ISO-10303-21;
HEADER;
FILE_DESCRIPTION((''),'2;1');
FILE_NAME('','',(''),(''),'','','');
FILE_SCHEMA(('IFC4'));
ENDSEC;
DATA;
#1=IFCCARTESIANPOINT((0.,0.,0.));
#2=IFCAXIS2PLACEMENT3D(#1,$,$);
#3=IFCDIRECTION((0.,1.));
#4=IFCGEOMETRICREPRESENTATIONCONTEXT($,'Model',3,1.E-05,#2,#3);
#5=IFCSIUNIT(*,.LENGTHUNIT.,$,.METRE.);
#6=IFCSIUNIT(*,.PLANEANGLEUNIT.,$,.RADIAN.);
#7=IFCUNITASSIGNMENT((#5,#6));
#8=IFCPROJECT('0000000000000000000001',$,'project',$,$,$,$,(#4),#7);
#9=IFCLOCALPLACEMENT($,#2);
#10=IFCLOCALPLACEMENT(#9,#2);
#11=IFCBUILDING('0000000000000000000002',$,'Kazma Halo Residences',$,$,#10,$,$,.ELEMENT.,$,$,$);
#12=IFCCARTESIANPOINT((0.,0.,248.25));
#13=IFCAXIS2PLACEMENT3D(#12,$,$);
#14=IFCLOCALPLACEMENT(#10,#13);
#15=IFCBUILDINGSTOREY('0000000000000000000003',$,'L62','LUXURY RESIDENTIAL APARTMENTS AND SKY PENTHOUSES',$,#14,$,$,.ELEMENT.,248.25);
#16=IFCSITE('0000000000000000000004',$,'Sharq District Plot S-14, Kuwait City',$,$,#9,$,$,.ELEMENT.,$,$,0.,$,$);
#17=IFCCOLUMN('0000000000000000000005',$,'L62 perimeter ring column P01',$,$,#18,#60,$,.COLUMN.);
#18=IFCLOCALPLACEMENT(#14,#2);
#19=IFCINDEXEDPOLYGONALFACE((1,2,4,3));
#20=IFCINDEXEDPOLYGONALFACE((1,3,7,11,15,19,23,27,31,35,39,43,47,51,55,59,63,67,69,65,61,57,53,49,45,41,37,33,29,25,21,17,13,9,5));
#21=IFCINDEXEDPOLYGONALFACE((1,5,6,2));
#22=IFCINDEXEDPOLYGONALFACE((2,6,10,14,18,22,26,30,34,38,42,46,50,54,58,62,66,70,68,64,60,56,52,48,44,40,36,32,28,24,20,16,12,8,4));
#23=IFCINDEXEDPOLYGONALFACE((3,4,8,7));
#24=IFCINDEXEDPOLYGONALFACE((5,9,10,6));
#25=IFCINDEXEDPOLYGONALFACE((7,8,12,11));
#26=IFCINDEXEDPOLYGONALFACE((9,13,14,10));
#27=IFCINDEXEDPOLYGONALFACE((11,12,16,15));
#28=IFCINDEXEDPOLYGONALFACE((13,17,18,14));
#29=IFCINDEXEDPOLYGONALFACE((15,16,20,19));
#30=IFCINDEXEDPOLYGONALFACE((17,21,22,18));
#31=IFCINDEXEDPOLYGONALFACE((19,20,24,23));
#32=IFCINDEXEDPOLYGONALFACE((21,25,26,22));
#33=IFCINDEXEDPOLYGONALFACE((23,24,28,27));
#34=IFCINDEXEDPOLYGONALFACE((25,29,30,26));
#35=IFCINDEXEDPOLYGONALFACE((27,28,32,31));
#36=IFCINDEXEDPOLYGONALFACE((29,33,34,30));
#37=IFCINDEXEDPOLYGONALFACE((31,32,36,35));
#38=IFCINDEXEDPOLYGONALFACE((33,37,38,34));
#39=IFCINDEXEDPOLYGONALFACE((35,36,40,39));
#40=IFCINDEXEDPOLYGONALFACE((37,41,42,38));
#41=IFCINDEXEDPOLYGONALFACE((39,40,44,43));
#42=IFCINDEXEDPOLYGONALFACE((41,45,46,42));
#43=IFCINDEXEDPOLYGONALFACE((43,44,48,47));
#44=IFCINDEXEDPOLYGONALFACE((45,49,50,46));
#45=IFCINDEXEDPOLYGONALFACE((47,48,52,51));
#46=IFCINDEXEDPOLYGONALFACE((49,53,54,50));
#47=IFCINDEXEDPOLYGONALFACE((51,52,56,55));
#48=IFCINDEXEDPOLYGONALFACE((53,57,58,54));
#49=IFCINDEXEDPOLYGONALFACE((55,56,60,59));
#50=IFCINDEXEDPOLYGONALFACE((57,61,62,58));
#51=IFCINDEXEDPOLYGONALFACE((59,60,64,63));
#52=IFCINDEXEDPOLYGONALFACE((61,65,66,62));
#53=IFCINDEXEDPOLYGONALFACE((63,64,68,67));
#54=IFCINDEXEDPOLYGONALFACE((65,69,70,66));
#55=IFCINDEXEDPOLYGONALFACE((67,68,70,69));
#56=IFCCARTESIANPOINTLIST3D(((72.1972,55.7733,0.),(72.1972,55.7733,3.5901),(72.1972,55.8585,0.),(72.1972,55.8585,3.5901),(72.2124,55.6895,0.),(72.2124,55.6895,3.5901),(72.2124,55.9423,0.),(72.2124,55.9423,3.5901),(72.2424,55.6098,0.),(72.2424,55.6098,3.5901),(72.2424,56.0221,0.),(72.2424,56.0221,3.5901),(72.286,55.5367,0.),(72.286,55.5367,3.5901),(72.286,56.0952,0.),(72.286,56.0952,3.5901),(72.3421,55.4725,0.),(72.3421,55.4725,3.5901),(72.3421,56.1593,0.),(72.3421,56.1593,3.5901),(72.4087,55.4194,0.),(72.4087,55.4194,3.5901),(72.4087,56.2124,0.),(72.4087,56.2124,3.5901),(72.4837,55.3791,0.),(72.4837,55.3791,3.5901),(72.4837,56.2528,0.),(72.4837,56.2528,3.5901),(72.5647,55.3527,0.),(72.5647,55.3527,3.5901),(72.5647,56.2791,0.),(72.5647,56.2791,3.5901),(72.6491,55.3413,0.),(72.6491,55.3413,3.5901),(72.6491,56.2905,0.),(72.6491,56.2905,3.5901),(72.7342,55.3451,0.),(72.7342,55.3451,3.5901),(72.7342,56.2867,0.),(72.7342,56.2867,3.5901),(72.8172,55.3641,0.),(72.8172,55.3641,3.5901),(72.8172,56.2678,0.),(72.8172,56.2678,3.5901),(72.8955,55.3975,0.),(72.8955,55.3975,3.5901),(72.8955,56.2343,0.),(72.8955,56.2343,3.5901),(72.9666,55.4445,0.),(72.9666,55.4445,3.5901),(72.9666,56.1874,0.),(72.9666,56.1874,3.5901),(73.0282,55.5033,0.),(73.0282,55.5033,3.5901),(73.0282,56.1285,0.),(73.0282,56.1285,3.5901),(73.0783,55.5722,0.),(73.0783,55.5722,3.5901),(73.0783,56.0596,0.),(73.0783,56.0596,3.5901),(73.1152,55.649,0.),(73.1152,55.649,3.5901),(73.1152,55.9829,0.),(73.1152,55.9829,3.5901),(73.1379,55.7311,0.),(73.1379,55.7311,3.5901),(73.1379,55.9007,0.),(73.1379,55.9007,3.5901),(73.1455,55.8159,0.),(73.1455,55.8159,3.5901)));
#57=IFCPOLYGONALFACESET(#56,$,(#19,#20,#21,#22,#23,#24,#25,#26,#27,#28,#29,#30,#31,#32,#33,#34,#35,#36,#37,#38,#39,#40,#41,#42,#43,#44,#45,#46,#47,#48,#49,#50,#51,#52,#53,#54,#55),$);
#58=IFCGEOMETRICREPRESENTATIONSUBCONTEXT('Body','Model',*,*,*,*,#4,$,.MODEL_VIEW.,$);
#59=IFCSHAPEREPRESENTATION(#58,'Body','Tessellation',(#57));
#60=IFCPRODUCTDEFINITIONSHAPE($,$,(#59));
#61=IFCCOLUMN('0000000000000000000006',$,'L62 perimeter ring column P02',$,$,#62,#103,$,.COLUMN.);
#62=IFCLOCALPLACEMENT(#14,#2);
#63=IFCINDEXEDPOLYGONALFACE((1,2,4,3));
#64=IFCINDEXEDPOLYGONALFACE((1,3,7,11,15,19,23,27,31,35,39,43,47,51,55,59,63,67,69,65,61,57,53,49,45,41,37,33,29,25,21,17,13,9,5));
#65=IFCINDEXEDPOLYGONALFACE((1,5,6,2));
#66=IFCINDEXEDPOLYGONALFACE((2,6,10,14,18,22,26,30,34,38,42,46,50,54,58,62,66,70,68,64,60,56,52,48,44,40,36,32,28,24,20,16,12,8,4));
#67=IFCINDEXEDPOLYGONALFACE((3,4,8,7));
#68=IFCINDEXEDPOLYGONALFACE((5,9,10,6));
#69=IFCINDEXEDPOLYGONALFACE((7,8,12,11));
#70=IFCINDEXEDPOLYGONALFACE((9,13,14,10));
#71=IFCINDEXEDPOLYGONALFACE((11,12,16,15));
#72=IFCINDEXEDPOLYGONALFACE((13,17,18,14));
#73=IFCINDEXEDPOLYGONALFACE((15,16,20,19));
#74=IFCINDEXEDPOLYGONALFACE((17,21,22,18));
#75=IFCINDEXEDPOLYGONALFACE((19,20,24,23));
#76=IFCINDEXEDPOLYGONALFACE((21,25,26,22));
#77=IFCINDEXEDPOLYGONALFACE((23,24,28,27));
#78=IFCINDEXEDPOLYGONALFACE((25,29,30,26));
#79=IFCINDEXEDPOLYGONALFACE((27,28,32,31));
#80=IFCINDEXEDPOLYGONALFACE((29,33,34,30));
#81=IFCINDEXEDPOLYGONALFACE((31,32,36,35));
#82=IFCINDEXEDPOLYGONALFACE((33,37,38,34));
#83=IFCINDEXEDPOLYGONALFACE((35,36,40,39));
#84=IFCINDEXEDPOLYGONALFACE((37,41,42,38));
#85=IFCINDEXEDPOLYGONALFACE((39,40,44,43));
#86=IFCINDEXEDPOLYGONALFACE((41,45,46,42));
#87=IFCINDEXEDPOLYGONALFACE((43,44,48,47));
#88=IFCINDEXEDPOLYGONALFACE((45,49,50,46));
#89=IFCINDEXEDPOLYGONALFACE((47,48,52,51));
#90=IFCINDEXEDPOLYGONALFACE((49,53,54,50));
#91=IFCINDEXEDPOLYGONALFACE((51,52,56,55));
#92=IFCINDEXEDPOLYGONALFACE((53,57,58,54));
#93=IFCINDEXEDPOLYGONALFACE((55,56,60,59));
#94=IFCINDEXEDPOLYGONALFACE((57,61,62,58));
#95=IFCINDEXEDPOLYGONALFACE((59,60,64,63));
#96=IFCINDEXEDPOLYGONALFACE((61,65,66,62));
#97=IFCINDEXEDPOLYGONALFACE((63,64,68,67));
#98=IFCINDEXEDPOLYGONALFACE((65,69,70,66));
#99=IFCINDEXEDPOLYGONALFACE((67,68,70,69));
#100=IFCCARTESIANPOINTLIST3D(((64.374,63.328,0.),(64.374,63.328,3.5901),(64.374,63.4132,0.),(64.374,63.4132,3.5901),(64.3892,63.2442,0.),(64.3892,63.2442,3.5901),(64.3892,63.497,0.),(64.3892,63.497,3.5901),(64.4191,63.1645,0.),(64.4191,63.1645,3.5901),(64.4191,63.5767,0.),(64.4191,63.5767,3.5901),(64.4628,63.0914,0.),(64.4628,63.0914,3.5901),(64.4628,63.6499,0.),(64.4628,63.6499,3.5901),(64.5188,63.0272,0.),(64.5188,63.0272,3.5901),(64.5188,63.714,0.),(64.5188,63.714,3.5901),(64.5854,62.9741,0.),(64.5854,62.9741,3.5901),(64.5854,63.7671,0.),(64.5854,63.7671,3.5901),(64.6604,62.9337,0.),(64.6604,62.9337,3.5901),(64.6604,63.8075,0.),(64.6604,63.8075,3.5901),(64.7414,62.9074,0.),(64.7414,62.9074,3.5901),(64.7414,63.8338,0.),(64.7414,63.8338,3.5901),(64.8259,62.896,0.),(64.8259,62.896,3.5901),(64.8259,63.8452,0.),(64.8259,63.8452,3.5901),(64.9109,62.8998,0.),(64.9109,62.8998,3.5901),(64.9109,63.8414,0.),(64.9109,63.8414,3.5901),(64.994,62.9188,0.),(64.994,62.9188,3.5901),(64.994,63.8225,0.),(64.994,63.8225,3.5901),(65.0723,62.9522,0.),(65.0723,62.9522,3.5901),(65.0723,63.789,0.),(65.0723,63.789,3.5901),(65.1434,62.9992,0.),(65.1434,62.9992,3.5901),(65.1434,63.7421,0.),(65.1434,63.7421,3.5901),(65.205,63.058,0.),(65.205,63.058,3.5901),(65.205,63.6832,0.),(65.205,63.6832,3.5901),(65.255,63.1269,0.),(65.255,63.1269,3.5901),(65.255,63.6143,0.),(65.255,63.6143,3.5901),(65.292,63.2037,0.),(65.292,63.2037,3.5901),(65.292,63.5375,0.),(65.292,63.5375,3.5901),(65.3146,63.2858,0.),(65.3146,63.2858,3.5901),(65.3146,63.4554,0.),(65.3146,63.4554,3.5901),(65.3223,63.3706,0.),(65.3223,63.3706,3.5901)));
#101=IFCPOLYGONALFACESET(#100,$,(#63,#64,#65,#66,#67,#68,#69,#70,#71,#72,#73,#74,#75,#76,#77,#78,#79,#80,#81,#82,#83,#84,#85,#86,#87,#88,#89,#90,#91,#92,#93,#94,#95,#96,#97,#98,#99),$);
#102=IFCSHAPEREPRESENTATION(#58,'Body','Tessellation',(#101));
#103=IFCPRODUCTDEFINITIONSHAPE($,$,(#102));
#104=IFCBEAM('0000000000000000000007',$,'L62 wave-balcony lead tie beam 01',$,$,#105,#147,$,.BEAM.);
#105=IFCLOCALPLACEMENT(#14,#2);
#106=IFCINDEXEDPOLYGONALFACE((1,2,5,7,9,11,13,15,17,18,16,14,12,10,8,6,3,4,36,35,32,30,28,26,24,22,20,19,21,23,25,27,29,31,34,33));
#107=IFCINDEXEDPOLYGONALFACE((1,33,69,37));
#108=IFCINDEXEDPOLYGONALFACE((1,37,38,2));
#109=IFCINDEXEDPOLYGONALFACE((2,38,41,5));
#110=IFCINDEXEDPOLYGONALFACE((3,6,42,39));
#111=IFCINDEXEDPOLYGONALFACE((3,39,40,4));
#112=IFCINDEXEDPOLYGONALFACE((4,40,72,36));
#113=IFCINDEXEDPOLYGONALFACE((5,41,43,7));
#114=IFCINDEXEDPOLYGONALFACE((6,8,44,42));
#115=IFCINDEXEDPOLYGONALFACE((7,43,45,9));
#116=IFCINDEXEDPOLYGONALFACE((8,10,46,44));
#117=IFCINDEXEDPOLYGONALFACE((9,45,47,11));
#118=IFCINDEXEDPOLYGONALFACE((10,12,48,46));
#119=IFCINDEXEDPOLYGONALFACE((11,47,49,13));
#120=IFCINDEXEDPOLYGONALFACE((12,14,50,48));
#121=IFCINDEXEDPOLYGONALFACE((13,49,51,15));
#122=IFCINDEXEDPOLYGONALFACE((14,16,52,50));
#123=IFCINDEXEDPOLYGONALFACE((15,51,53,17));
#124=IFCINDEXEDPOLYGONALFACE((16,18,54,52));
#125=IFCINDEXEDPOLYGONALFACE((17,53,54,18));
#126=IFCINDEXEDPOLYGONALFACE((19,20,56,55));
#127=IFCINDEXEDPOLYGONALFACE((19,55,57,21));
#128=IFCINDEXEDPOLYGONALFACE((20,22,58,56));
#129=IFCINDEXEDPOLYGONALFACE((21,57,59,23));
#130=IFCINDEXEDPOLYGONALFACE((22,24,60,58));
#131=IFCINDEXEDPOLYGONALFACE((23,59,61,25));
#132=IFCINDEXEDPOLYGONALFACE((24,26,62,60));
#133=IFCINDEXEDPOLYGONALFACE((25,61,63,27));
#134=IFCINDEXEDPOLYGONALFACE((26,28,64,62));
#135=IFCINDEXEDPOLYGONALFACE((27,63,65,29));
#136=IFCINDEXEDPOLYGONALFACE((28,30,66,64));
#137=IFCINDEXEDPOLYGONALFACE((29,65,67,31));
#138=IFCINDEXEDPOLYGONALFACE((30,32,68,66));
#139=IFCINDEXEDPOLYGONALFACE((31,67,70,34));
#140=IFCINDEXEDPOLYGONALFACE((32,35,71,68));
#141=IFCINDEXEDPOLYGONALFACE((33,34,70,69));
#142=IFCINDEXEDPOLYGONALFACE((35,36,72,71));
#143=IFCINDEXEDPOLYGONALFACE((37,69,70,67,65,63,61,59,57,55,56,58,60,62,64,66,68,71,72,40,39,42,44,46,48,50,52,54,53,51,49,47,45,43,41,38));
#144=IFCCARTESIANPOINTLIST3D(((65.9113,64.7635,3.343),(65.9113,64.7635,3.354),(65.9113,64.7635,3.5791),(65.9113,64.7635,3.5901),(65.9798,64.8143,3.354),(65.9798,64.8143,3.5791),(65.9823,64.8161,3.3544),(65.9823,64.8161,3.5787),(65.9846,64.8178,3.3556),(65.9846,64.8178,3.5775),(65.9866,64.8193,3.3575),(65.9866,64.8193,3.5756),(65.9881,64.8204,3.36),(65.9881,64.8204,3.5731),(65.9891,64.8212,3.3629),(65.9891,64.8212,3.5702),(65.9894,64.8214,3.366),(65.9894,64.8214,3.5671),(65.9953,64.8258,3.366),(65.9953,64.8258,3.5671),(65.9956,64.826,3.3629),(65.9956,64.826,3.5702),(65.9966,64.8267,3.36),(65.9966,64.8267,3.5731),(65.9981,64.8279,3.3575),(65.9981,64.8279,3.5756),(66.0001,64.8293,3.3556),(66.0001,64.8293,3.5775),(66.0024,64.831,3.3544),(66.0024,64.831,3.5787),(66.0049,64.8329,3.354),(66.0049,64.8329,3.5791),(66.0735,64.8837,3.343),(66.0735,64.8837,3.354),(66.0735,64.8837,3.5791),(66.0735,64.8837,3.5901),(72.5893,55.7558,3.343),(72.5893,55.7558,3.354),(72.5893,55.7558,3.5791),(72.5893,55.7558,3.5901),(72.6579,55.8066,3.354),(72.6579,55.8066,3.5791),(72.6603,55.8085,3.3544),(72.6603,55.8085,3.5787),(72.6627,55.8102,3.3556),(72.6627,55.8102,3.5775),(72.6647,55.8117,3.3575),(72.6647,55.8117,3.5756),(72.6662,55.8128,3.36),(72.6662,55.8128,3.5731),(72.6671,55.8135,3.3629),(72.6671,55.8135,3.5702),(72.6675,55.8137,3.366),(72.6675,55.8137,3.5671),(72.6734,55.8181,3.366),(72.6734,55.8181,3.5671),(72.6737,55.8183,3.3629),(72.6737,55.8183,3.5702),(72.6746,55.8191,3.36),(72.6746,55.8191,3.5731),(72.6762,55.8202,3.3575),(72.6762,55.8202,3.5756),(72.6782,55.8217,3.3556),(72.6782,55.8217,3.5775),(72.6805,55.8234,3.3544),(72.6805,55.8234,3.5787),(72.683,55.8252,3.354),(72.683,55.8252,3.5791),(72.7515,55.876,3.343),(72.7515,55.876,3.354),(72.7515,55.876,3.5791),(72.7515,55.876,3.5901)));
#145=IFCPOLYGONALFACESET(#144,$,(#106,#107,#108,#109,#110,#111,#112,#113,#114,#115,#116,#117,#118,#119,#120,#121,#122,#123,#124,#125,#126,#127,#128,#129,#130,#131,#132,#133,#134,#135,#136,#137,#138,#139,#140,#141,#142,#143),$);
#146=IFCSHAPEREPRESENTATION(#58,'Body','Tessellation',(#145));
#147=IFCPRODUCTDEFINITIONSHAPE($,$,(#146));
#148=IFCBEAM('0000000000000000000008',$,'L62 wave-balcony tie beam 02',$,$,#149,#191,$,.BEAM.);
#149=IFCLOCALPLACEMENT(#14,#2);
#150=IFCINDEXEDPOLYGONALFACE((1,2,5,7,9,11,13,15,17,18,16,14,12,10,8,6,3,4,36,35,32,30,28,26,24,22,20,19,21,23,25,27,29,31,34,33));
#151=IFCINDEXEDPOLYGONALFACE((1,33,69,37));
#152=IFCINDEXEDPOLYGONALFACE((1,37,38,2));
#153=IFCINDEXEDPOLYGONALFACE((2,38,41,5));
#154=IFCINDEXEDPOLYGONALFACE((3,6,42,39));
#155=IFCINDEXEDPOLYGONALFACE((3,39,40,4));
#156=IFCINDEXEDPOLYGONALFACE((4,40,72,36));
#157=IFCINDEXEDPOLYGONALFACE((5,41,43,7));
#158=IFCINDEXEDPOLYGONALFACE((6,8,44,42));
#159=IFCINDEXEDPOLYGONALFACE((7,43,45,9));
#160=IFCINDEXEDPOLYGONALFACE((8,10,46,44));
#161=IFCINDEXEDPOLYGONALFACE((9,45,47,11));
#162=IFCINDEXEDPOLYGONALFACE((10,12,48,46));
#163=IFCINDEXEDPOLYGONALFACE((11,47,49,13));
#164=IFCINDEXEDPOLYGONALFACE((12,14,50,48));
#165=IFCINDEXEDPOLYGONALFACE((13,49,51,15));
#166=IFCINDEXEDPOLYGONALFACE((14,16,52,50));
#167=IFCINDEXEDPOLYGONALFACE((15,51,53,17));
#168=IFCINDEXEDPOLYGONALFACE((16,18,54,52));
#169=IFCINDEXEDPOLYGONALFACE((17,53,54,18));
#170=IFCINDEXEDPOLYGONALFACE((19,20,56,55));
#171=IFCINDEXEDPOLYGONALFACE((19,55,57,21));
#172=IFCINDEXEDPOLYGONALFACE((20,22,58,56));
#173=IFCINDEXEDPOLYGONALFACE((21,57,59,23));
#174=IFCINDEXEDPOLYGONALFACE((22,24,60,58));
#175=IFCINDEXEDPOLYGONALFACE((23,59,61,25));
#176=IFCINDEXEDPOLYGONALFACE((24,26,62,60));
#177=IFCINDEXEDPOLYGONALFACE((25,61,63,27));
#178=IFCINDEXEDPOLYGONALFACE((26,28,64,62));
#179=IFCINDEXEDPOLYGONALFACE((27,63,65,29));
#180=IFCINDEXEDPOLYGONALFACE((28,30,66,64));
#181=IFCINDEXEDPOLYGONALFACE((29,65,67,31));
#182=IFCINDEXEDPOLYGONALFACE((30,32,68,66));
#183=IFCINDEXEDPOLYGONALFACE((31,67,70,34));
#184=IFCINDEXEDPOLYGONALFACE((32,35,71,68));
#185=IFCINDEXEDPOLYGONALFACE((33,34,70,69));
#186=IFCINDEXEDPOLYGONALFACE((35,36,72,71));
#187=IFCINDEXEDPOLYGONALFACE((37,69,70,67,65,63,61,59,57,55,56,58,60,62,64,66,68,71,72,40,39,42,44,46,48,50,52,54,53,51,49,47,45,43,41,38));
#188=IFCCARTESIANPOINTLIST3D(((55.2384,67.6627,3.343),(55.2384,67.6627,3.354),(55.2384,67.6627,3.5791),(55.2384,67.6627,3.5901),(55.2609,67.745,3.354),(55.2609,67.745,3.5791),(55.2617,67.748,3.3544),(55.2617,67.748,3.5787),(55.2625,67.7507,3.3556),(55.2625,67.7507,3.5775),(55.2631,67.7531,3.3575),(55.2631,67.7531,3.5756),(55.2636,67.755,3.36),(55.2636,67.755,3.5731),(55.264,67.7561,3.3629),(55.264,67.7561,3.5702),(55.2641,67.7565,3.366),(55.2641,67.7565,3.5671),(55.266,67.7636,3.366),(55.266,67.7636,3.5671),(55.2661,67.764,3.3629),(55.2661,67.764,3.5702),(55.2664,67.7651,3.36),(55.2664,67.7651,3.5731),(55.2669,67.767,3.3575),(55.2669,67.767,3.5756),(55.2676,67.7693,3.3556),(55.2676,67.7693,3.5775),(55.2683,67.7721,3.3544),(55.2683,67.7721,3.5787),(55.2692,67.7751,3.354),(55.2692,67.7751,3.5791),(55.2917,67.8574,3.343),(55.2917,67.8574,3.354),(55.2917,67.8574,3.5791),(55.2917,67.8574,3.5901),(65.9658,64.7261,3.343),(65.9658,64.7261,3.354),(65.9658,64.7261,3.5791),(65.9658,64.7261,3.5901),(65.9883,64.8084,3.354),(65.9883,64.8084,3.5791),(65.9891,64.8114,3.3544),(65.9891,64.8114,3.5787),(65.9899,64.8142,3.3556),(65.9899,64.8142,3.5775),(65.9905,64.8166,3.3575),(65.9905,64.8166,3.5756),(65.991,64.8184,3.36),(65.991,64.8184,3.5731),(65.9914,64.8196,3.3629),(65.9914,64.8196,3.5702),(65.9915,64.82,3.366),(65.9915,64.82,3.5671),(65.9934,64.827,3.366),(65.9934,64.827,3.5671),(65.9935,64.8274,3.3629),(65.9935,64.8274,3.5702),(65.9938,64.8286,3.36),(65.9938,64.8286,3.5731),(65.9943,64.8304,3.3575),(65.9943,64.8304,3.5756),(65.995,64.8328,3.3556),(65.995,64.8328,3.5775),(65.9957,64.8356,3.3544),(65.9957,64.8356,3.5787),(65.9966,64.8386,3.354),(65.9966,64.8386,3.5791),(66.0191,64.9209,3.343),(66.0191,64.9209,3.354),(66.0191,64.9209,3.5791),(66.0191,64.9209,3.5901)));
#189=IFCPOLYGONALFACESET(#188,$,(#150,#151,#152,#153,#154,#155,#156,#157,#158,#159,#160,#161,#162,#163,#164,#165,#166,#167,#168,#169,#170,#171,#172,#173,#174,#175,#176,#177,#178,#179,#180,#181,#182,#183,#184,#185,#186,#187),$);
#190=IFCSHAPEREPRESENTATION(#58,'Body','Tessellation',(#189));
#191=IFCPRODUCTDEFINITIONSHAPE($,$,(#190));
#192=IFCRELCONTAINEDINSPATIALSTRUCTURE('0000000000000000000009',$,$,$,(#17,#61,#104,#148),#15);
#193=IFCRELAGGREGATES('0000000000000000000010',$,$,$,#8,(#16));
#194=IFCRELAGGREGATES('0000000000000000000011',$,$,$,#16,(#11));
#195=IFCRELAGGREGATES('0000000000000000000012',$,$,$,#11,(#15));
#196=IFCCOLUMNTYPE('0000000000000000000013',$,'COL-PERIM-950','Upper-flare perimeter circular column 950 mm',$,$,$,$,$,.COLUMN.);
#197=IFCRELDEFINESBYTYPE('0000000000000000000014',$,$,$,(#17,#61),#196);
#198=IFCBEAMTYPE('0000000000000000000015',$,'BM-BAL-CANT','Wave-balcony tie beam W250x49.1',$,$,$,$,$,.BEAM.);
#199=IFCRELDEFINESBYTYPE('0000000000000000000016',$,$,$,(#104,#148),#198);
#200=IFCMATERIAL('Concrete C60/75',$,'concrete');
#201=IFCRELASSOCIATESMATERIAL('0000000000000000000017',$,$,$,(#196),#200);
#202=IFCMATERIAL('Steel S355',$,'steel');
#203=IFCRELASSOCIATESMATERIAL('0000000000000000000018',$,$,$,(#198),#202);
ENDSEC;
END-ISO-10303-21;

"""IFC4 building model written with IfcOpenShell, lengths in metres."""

from ifc_helpers import new_model, si_unit, direction, frame, origin, origin_2d, place, context, subcontext, project, spatial, circle, i_section, extrude, material, material_profile, profile_set, type_object, element, save


model = new_model("IFC4")

# Units and contexts
model_context = context("Model", 3, precision=1e-05, world=origin(), true_north=direction((0.0, 1.0)))
body_context = subcontext(model_context, "Body", "Model", "MODEL_VIEW")
ifc_project = project(units=[si_unit("LENGTHUNIT", "METRE"), si_unit("PLANEANGLEUNIT", "RADIAN")], contexts=[model_context])

# Site, building, storey
site_placement = place(None, origin())
site = spatial("IfcSite", under=ifc_project, at=site_placement, Name="Sharq District Plot S-14, Kuwait City", CompositionType="ELEMENT", RefElevation=0.0)
building_placement = place(site_placement, origin())
building = spatial("IfcBuilding", under=site, at=building_placement, Name="Kazma Halo Residences", CompositionType="ELEMENT")
storey_placement = place(building_placement, frame((0.0, 0.0, 248.25)))
storey = spatial("IfcBuildingStorey", under=building, at=storey_placement, Name="L62", Description="LUXURY RESIDENTIAL APARTMENTS AND SKY PENTHOUSES", CompositionType="ELEMENT", Elevation=248.25)

# Columns
ifc_material_1 = material(Name="Concrete C60/75", Category="concrete")
ifc_material_profile_1 = material_profile(ifc_material_1, circle(Radius=0.4751, at=origin_2d()), Name="CIRC950")
ifc_profile_set_1 = profile_set([ifc_material_profile_1], Name="Concrete C60/75")
column_type = type_object("IfcColumnType", Name="COL-PERIM-950", Description="Upper-flare perimeter circular column 950 mm", PredefinedType="COLUMN", material=ifc_profile_set_1)
for number, where, z_axis, x_axis, name in (
    (1, (72.6704, 55.8159, 0.0), (0.0, 0.0, 1.0), (1.0, 0.0, 0.0), "L62 perimeter ring column P01"),
    (2, (64.8472, 63.3706, 0.0), (0.0, 0.0, 1.0), (1.0, 0.0, 0.0), "L62 perimeter ring column P02"),
):
    element("IfcColumn", number, at=place(storey_placement, frame(where, z_axis=z_axis, x_axis=x_axis)), inside=storey, type_object=column_type, Name=name, PredefinedType="COLUMN", context=body_context, shape_type="SweptSolid", body=[
        extrude(circle(Radius=0.4751, at=origin_2d()), origin(), (0.0, 0.0, 1.0), 3.5901),
    ])

# Beams
ifc_material_2 = material(Name="Steel S355", Category="steel")
ifc_material_profile_2 = material_profile(ifc_material_2, i_section(OverallWidth=0.2019, OverallDepth=0.2471, WebThickness=0.0073, FlangeThickness=0.011, FilletRadius=0.012, at=origin_2d()), Name="W250x49.1")
ifc_profile_set_2 = profile_set([ifc_material_profile_2], Name="Steel S355")
beam_type_1 = type_object("IfcBeamType", Name="BM-BAL-CANT", Description="Wave-balcony tie beam W250x49.1", PredefinedType="BEAM", material=ifc_profile_set_2)
beam_1_placement = place(storey_placement, frame((72.6704, 55.8159, 3.4666), z_axis=(-0.595556, 0.803314, 0.0), x_axis=(-0.803314, -0.595556, 0.0)))
element("IfcBeam", 3, at=beam_1_placement, inside=storey, type_object=beam_type_1, Name="L62 wave-balcony lead tie beam 01", PredefinedType="BEAM", context=body_context, shape_type="SweptSolid", body=[
    extrude(i_section(OverallWidth=0.2019, OverallDepth=0.2471, WebThickness=0.0073, FlangeThickness=0.011, FilletRadius=0.012, at=origin_2d()), origin(), (0.0, 0.0, 1.0), 11.2131),
])
beam_2_placement = place(storey_placement, frame((65.9924, 64.8235, 3.4666), z_axis=(-0.964515, 0.264029, 0.0), x_axis=(-0.264029, -0.964515, 0.0)))
element("IfcBeam", 4, at=beam_2_placement, inside=storey, type_object=beam_type_1, Name="L62 wave-balcony tie beam 02", PredefinedType="BEAM", context=body_context, shape_type="SweptSolid", body=[
    extrude(i_section(OverallWidth=0.2019, OverallDepth=0.2471, WebThickness=0.0073, FlangeThickness=0.011, FilletRadius=0.012, at=origin_2d()), origin(), (0.0, 0.0, 1.0), 11.1221),
])

save(model, "model.ifc")
